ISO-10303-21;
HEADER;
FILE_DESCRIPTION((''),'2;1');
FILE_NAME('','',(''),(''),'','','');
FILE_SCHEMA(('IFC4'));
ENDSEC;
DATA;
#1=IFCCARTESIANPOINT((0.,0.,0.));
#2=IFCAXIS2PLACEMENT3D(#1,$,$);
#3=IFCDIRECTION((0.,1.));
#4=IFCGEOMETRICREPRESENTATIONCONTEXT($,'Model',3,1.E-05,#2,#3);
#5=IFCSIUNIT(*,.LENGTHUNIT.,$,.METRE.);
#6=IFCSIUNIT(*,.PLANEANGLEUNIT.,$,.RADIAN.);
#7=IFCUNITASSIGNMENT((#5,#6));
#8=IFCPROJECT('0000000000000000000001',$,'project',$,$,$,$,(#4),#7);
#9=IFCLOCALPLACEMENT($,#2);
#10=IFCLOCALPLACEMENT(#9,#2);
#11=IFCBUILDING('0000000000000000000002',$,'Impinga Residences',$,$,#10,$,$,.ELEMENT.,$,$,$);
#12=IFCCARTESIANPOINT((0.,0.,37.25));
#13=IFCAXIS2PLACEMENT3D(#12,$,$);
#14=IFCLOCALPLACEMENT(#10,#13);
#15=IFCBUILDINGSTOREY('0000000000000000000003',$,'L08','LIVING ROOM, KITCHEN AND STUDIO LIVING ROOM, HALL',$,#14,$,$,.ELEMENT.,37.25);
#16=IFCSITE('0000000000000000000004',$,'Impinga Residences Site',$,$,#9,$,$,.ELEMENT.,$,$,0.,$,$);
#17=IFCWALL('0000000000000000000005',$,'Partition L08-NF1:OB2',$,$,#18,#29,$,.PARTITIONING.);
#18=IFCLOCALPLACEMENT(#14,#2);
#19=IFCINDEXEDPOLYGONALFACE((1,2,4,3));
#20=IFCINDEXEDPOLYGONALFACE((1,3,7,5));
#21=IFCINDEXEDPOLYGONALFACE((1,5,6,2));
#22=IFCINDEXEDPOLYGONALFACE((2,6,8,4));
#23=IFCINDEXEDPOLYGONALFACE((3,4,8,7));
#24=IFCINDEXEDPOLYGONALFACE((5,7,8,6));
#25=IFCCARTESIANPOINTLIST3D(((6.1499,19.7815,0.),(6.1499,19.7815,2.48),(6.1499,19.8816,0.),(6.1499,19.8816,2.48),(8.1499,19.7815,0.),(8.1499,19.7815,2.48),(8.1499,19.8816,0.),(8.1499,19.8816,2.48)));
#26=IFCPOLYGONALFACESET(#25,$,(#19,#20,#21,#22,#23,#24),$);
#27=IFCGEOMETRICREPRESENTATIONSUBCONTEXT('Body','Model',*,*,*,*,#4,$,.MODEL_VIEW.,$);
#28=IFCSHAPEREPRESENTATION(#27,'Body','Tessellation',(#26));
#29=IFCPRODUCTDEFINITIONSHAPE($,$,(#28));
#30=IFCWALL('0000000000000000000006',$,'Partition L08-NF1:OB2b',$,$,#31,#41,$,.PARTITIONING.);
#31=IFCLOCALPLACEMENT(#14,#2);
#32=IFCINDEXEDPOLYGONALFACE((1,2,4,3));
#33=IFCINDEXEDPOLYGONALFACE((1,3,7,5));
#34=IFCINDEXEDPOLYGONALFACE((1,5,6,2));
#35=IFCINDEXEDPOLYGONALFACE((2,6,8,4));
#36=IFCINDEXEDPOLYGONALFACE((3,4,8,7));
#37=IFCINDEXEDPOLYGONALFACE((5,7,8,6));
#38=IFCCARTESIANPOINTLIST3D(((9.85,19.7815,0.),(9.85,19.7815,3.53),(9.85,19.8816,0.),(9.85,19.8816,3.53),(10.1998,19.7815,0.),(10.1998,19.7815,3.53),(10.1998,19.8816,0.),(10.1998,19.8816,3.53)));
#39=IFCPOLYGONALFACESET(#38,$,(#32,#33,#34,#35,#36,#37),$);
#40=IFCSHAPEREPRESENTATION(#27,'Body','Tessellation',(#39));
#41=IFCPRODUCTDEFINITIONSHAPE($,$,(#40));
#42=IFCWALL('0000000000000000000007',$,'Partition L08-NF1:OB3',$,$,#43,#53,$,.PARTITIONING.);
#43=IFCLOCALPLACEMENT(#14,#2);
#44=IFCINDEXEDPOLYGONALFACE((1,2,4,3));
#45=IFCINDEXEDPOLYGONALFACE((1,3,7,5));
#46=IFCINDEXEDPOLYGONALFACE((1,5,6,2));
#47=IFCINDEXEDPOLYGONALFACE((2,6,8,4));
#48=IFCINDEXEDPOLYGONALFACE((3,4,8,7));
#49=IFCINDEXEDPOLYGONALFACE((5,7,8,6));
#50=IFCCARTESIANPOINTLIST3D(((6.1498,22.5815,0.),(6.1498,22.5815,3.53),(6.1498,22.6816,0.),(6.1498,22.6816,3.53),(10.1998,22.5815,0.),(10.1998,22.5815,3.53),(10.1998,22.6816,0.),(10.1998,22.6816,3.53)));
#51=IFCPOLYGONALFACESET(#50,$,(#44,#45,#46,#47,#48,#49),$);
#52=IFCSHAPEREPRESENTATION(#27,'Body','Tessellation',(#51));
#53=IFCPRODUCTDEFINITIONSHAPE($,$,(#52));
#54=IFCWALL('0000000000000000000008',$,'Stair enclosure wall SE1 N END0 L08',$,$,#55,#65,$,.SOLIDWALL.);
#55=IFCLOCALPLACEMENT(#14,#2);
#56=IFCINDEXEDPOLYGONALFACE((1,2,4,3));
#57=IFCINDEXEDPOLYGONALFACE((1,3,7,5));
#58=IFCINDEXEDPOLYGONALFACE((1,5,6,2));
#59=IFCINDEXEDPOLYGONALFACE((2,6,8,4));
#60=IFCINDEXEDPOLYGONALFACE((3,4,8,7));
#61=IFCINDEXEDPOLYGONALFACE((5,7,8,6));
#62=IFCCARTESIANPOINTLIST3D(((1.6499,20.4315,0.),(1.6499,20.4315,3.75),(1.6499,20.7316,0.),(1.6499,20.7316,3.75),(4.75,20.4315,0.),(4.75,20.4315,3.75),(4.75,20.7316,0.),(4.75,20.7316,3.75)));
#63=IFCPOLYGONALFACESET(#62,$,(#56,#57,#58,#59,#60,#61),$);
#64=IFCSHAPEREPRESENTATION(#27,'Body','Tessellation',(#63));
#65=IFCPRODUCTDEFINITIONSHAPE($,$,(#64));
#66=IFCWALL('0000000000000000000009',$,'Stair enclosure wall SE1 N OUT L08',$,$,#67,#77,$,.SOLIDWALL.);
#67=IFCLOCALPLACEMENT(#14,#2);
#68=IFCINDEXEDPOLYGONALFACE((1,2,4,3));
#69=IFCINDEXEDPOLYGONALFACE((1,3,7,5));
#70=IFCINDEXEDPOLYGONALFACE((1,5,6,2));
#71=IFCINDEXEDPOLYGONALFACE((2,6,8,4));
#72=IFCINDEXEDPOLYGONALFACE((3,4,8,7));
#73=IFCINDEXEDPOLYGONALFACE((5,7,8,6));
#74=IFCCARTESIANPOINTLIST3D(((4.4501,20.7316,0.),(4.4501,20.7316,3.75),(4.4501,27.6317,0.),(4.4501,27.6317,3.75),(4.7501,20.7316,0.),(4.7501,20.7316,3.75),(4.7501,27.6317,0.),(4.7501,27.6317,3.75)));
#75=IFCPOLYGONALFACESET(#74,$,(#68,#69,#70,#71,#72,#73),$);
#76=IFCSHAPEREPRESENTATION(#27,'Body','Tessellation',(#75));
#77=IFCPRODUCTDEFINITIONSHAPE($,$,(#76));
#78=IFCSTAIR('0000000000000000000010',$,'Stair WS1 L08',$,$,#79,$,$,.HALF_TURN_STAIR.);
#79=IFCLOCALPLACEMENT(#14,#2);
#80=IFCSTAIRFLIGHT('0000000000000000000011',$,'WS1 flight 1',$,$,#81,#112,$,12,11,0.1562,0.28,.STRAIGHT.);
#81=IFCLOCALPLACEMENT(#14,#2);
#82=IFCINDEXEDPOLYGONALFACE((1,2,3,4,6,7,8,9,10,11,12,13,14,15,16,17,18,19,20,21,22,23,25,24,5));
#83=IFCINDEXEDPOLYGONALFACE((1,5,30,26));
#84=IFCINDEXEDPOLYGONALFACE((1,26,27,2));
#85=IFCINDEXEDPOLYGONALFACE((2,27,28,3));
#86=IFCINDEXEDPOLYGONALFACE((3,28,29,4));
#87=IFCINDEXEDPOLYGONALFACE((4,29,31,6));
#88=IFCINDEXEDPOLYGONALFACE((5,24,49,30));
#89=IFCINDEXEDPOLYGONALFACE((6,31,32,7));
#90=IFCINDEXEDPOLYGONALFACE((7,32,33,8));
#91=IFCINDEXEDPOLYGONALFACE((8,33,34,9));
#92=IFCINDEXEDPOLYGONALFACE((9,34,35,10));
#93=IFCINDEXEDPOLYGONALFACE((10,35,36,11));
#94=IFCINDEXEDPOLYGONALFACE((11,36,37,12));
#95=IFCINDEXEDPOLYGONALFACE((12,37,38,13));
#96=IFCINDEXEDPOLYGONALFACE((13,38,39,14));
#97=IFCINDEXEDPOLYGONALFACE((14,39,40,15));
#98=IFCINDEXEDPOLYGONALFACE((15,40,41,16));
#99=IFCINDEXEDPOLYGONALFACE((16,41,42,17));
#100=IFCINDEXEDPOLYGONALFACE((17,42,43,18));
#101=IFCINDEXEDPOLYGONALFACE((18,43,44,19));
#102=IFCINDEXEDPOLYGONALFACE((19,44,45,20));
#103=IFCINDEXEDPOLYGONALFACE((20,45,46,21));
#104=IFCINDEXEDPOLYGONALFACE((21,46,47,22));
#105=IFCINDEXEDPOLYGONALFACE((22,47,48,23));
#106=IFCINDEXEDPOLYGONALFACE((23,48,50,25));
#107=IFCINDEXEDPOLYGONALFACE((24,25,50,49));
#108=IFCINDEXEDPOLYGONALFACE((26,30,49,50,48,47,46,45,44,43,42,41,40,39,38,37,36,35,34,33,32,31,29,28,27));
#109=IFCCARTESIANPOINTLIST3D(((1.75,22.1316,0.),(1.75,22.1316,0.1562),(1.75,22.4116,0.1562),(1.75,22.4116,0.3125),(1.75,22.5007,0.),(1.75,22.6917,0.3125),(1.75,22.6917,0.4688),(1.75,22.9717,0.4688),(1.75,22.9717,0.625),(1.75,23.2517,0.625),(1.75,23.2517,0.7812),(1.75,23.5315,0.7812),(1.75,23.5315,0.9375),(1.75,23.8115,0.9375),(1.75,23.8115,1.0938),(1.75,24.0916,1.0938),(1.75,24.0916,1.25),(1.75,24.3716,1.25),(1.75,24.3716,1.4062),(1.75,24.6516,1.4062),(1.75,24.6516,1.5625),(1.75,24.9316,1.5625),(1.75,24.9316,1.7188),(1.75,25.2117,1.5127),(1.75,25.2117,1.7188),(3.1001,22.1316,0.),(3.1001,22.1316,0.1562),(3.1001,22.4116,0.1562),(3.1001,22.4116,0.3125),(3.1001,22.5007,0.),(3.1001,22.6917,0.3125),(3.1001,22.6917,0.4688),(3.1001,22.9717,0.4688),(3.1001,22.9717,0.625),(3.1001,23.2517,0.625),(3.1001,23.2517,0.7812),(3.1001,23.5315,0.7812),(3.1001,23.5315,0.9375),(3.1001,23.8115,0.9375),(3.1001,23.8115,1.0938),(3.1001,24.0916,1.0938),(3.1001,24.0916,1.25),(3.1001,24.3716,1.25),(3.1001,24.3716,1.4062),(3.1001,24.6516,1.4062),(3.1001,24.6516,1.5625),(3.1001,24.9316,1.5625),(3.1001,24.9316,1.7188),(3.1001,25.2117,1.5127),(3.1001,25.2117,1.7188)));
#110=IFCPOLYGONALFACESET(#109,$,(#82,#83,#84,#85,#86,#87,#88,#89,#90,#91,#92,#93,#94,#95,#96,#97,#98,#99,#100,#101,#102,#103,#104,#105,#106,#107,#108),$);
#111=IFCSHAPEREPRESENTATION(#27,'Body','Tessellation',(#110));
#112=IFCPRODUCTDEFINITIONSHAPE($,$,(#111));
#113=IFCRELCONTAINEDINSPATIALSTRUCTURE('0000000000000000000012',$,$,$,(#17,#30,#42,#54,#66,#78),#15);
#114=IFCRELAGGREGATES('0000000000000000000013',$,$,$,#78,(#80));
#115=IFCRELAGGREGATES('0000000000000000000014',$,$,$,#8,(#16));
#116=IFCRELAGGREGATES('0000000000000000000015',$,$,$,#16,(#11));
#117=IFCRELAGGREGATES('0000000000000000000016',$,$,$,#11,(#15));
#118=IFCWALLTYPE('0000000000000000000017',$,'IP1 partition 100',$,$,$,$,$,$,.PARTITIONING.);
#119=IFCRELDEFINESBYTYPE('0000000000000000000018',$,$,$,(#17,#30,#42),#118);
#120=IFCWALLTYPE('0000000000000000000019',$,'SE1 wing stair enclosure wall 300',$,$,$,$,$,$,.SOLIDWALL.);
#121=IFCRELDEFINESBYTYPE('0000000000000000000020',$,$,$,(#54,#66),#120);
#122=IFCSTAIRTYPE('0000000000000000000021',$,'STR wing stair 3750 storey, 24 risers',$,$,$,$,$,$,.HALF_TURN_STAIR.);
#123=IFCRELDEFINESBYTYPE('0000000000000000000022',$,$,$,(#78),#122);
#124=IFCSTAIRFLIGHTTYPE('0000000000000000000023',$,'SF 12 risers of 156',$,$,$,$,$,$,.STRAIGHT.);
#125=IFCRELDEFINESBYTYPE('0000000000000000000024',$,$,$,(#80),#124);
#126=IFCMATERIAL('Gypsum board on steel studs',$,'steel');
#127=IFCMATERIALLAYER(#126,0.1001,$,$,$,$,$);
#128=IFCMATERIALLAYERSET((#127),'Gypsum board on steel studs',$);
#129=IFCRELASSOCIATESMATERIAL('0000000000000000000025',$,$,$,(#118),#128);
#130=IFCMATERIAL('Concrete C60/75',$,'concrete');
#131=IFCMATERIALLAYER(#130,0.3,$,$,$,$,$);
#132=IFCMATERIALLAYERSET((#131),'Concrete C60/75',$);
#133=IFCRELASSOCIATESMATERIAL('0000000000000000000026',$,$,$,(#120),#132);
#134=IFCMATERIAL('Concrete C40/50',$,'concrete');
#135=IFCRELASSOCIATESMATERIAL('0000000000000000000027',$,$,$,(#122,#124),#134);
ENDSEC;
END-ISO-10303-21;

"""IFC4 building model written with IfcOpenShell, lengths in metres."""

from ifc_helpers import new_model, si_unit, direction, frame, frame_2d, origin, place, context, subcontext, project, spatial, polyline, rectangle, outline, extrude, material, layer, layer_set, type_object, element, aggregate, save


model = new_model("IFC4")

# Units and contexts
model_context = context("Model", 3, precision=1e-05, world=origin(), true_north=direction((0.0, 1.0)))
body_context = subcontext(model_context, "Body", "Model", "MODEL_VIEW")
ifc_project = project(units=[si_unit("LENGTHUNIT", "METRE"), si_unit("PLANEANGLEUNIT", "RADIAN")], contexts=[model_context])

# Site, building, storey
site_placement = place(None, origin())
site = spatial("IfcSite", under=ifc_project, at=site_placement, Name="Impinga Residences Site", CompositionType="ELEMENT", RefElevation=0.0)
building_placement = place(site_placement, origin())
building = spatial("IfcBuilding", under=site, at=building_placement, Name="Impinga Residences", CompositionType="ELEMENT")
storey_placement = place(building_placement, frame((0.0, 0.0, 37.25)))
storey = spatial("IfcBuildingStorey", under=building, at=storey_placement, Name="L08", Description="LIVING ROOM, KITCHEN AND STUDIO LIVING ROOM, HALL", CompositionType="ELEMENT", Elevation=37.25)

# Shared definitions
ifc_material_1 = material(Name="Concrete C60/75", Category="concrete")

# Shared definitions
ifc_material_2 = material(Name="Gypsum board on steel studs", Category="steel")
ifc_layer_1 = layer(ifc_material_2, 0.1001)
ifc_layer_set_1 = layer_set([ifc_layer_1], Name="Gypsum board on steel studs")
wall_type_1 = type_object("IfcWallType", Name="IP1 partition 100", PredefinedType="PARTITIONING", material=ifc_layer_set_1)

# Walls
wall_1_placement = place(storey_placement, frame((6.1499, 19.8315, 0.0), z_axis=(0.0, 0.0, 1.0), x_axis=(1.0, 0.0, 0.0)))
element("IfcWall", 1, at=wall_1_placement, inside=storey, type_object=wall_type_1, Name="Partition L08-NF1:OB2", PredefinedType="PARTITIONING", context=body_context, shape_type="SweptSolid", body=[
    extrude(rectangle(XDim=2.0, YDim=0.1001, at=frame_2d((1.0, 0.0))), origin(), (0.0, 0.0, 1.0), 2.48),
])
wall_2_placement = place(storey_placement, frame((9.8501, 19.8315, 0.0), z_axis=(0.0, 0.0, 1.0), x_axis=(1.0, 0.0, 0.0)))
element("IfcWall", 2, at=wall_2_placement, inside=storey, type_object=wall_type_1, Name="Partition L08-NF1:OB2b", PredefinedType="PARTITIONING", context=body_context, shape_type="SweptSolid", body=[
    extrude(rectangle(XDim=0.3499, YDim=0.1001, at=frame_2d((0.1748, 0.0))), origin(), (0.0, 0.0, 1.0), 3.53),
])
wall_3_placement = place(storey_placement, frame((6.1499, 22.6316, 0.0), z_axis=(0.0, 0.0, 1.0), x_axis=(1.0, 0.0, 0.0)))
element("IfcWall", 3, at=wall_3_placement, inside=storey, type_object=wall_type_1, Name="Partition L08-NF1:OB3", PredefinedType="PARTITIONING", context=body_context, shape_type="SweptSolid", body=[
    extrude(rectangle(XDim=4.05, YDim=0.1001, at=frame_2d((2.0249, 0.0))), origin(), (0.0, 0.0, 1.0), 3.53),
])
ifc_layer_2 = layer(ifc_material_1, 0.3)
ifc_layer_set_2 = layer_set([ifc_layer_2], Name="Concrete C60/75")
wall_type_2 = type_object("IfcWallType", Name="SE1 wing stair enclosure wall 300", PredefinedType="SOLIDWALL", material=ifc_layer_set_2)
wall_4_placement = place(storey_placement, frame((1.6499, 20.5815, 0.0), z_axis=(0.0, 0.0, 1.0), x_axis=(1.0, 0.0, 0.0)))
element("IfcWall", 4, at=wall_4_placement, inside=storey, type_object=wall_type_2, Name="Stair enclosure wall SE1 N END0 L08", PredefinedType="SOLIDWALL", context=body_context, shape_type="SweptSolid", body=[
    extrude(rectangle(XDim=3.1001, YDim=0.3, at=frame_2d((1.55, 0.0))), origin(), (0.0, 0.0, 1.0), 3.75),
])
wall_5_placement = place(storey_placement, frame((4.6001, 20.7314, 0.0), z_axis=(0.0, 0.0, 1.0), x_axis=(0.0, 1.0, 0.0)))
element("IfcWall", 5, at=wall_5_placement, inside=storey, type_object=wall_type_2, Name="Stair enclosure wall SE1 N OUT L08", PredefinedType="SOLIDWALL", context=body_context, shape_type="SweptSolid", body=[
    extrude(rectangle(XDim=6.9001, YDim=0.3, at=frame_2d((3.4502, 0.0))), origin(), (0.0, 0.0, 1.0), 3.75),
])

# Stair, stair flight
ifc_material_3 = material(Name="Concrete C40/50", Category="concrete")
stair_type = type_object("IfcStairType", Name="STR wing stair 3750 storey, 24 risers", PredefinedType="HALF_TURN_STAIR", material=ifc_material_3)
stair_placement = place(storey_placement, origin())
stair = element("IfcStair", 6, at=stair_placement, inside=storey, type_object=stair_type, Name="Stair WS1 L08", PredefinedType="HALF_TURN_STAIR")
stair_flight_type = type_object("IfcStairFlightType", Name="SF 12 risers of 156", PredefinedType="STRAIGHT", material=ifc_material_3)
stair_flight_placement = place(storey_placement, frame((2.425, 22.1316, 0.0), z_axis=(0.0, 0.0, 1.0), x_axis=(0.0, 1.0, 0.0)))
stair_flight = element("IfcStairFlight", 7, at=stair_flight_placement, type_object=stair_flight_type, Name="WS1 flight 1", NumberOfRisers=12, NumberOfTreads=11, PredefinedType="STRAIGHT", RiserHeight=0.1562, TreadLength=0.28, context=body_context, shape_type="SweptSolid", body=[
    extrude(outline(polyline([(0.0, 0.0), (0.0, 0.1562), (0.28, 0.1562), (0.28, 0.3125), (0.5601, 0.3125), (0.5601, 0.4688), (0.8401, 0.4688), (0.8401, 0.625), (1.1201, 0.625), (1.1201, 0.7812), (1.3999, 0.7812), (1.3999, 0.9375), (1.6799, 0.9375), (1.6799, 1.0938), (1.96, 1.0938), (1.96, 1.25), (2.24, 1.25), (2.24, 1.4062), (2.52, 1.4062), (2.52, 1.5625), (2.8, 1.5625), (2.8, 1.7188), (3.0801, 1.7188), (3.0801, 1.875), (3.0801, 1.5127), (0.3691, 0.0), (0.0, 0.0)])), frame((0.0, 0.675, 0.0), z_axis=(0.0, -1.0, 0.0), x_axis=(1.0, 0.0, 0.0)), (0.0, 0.0, 1.0), 1.3501),
])
aggregate(stair, [stair_flight])

save(model, "model.ifc")
